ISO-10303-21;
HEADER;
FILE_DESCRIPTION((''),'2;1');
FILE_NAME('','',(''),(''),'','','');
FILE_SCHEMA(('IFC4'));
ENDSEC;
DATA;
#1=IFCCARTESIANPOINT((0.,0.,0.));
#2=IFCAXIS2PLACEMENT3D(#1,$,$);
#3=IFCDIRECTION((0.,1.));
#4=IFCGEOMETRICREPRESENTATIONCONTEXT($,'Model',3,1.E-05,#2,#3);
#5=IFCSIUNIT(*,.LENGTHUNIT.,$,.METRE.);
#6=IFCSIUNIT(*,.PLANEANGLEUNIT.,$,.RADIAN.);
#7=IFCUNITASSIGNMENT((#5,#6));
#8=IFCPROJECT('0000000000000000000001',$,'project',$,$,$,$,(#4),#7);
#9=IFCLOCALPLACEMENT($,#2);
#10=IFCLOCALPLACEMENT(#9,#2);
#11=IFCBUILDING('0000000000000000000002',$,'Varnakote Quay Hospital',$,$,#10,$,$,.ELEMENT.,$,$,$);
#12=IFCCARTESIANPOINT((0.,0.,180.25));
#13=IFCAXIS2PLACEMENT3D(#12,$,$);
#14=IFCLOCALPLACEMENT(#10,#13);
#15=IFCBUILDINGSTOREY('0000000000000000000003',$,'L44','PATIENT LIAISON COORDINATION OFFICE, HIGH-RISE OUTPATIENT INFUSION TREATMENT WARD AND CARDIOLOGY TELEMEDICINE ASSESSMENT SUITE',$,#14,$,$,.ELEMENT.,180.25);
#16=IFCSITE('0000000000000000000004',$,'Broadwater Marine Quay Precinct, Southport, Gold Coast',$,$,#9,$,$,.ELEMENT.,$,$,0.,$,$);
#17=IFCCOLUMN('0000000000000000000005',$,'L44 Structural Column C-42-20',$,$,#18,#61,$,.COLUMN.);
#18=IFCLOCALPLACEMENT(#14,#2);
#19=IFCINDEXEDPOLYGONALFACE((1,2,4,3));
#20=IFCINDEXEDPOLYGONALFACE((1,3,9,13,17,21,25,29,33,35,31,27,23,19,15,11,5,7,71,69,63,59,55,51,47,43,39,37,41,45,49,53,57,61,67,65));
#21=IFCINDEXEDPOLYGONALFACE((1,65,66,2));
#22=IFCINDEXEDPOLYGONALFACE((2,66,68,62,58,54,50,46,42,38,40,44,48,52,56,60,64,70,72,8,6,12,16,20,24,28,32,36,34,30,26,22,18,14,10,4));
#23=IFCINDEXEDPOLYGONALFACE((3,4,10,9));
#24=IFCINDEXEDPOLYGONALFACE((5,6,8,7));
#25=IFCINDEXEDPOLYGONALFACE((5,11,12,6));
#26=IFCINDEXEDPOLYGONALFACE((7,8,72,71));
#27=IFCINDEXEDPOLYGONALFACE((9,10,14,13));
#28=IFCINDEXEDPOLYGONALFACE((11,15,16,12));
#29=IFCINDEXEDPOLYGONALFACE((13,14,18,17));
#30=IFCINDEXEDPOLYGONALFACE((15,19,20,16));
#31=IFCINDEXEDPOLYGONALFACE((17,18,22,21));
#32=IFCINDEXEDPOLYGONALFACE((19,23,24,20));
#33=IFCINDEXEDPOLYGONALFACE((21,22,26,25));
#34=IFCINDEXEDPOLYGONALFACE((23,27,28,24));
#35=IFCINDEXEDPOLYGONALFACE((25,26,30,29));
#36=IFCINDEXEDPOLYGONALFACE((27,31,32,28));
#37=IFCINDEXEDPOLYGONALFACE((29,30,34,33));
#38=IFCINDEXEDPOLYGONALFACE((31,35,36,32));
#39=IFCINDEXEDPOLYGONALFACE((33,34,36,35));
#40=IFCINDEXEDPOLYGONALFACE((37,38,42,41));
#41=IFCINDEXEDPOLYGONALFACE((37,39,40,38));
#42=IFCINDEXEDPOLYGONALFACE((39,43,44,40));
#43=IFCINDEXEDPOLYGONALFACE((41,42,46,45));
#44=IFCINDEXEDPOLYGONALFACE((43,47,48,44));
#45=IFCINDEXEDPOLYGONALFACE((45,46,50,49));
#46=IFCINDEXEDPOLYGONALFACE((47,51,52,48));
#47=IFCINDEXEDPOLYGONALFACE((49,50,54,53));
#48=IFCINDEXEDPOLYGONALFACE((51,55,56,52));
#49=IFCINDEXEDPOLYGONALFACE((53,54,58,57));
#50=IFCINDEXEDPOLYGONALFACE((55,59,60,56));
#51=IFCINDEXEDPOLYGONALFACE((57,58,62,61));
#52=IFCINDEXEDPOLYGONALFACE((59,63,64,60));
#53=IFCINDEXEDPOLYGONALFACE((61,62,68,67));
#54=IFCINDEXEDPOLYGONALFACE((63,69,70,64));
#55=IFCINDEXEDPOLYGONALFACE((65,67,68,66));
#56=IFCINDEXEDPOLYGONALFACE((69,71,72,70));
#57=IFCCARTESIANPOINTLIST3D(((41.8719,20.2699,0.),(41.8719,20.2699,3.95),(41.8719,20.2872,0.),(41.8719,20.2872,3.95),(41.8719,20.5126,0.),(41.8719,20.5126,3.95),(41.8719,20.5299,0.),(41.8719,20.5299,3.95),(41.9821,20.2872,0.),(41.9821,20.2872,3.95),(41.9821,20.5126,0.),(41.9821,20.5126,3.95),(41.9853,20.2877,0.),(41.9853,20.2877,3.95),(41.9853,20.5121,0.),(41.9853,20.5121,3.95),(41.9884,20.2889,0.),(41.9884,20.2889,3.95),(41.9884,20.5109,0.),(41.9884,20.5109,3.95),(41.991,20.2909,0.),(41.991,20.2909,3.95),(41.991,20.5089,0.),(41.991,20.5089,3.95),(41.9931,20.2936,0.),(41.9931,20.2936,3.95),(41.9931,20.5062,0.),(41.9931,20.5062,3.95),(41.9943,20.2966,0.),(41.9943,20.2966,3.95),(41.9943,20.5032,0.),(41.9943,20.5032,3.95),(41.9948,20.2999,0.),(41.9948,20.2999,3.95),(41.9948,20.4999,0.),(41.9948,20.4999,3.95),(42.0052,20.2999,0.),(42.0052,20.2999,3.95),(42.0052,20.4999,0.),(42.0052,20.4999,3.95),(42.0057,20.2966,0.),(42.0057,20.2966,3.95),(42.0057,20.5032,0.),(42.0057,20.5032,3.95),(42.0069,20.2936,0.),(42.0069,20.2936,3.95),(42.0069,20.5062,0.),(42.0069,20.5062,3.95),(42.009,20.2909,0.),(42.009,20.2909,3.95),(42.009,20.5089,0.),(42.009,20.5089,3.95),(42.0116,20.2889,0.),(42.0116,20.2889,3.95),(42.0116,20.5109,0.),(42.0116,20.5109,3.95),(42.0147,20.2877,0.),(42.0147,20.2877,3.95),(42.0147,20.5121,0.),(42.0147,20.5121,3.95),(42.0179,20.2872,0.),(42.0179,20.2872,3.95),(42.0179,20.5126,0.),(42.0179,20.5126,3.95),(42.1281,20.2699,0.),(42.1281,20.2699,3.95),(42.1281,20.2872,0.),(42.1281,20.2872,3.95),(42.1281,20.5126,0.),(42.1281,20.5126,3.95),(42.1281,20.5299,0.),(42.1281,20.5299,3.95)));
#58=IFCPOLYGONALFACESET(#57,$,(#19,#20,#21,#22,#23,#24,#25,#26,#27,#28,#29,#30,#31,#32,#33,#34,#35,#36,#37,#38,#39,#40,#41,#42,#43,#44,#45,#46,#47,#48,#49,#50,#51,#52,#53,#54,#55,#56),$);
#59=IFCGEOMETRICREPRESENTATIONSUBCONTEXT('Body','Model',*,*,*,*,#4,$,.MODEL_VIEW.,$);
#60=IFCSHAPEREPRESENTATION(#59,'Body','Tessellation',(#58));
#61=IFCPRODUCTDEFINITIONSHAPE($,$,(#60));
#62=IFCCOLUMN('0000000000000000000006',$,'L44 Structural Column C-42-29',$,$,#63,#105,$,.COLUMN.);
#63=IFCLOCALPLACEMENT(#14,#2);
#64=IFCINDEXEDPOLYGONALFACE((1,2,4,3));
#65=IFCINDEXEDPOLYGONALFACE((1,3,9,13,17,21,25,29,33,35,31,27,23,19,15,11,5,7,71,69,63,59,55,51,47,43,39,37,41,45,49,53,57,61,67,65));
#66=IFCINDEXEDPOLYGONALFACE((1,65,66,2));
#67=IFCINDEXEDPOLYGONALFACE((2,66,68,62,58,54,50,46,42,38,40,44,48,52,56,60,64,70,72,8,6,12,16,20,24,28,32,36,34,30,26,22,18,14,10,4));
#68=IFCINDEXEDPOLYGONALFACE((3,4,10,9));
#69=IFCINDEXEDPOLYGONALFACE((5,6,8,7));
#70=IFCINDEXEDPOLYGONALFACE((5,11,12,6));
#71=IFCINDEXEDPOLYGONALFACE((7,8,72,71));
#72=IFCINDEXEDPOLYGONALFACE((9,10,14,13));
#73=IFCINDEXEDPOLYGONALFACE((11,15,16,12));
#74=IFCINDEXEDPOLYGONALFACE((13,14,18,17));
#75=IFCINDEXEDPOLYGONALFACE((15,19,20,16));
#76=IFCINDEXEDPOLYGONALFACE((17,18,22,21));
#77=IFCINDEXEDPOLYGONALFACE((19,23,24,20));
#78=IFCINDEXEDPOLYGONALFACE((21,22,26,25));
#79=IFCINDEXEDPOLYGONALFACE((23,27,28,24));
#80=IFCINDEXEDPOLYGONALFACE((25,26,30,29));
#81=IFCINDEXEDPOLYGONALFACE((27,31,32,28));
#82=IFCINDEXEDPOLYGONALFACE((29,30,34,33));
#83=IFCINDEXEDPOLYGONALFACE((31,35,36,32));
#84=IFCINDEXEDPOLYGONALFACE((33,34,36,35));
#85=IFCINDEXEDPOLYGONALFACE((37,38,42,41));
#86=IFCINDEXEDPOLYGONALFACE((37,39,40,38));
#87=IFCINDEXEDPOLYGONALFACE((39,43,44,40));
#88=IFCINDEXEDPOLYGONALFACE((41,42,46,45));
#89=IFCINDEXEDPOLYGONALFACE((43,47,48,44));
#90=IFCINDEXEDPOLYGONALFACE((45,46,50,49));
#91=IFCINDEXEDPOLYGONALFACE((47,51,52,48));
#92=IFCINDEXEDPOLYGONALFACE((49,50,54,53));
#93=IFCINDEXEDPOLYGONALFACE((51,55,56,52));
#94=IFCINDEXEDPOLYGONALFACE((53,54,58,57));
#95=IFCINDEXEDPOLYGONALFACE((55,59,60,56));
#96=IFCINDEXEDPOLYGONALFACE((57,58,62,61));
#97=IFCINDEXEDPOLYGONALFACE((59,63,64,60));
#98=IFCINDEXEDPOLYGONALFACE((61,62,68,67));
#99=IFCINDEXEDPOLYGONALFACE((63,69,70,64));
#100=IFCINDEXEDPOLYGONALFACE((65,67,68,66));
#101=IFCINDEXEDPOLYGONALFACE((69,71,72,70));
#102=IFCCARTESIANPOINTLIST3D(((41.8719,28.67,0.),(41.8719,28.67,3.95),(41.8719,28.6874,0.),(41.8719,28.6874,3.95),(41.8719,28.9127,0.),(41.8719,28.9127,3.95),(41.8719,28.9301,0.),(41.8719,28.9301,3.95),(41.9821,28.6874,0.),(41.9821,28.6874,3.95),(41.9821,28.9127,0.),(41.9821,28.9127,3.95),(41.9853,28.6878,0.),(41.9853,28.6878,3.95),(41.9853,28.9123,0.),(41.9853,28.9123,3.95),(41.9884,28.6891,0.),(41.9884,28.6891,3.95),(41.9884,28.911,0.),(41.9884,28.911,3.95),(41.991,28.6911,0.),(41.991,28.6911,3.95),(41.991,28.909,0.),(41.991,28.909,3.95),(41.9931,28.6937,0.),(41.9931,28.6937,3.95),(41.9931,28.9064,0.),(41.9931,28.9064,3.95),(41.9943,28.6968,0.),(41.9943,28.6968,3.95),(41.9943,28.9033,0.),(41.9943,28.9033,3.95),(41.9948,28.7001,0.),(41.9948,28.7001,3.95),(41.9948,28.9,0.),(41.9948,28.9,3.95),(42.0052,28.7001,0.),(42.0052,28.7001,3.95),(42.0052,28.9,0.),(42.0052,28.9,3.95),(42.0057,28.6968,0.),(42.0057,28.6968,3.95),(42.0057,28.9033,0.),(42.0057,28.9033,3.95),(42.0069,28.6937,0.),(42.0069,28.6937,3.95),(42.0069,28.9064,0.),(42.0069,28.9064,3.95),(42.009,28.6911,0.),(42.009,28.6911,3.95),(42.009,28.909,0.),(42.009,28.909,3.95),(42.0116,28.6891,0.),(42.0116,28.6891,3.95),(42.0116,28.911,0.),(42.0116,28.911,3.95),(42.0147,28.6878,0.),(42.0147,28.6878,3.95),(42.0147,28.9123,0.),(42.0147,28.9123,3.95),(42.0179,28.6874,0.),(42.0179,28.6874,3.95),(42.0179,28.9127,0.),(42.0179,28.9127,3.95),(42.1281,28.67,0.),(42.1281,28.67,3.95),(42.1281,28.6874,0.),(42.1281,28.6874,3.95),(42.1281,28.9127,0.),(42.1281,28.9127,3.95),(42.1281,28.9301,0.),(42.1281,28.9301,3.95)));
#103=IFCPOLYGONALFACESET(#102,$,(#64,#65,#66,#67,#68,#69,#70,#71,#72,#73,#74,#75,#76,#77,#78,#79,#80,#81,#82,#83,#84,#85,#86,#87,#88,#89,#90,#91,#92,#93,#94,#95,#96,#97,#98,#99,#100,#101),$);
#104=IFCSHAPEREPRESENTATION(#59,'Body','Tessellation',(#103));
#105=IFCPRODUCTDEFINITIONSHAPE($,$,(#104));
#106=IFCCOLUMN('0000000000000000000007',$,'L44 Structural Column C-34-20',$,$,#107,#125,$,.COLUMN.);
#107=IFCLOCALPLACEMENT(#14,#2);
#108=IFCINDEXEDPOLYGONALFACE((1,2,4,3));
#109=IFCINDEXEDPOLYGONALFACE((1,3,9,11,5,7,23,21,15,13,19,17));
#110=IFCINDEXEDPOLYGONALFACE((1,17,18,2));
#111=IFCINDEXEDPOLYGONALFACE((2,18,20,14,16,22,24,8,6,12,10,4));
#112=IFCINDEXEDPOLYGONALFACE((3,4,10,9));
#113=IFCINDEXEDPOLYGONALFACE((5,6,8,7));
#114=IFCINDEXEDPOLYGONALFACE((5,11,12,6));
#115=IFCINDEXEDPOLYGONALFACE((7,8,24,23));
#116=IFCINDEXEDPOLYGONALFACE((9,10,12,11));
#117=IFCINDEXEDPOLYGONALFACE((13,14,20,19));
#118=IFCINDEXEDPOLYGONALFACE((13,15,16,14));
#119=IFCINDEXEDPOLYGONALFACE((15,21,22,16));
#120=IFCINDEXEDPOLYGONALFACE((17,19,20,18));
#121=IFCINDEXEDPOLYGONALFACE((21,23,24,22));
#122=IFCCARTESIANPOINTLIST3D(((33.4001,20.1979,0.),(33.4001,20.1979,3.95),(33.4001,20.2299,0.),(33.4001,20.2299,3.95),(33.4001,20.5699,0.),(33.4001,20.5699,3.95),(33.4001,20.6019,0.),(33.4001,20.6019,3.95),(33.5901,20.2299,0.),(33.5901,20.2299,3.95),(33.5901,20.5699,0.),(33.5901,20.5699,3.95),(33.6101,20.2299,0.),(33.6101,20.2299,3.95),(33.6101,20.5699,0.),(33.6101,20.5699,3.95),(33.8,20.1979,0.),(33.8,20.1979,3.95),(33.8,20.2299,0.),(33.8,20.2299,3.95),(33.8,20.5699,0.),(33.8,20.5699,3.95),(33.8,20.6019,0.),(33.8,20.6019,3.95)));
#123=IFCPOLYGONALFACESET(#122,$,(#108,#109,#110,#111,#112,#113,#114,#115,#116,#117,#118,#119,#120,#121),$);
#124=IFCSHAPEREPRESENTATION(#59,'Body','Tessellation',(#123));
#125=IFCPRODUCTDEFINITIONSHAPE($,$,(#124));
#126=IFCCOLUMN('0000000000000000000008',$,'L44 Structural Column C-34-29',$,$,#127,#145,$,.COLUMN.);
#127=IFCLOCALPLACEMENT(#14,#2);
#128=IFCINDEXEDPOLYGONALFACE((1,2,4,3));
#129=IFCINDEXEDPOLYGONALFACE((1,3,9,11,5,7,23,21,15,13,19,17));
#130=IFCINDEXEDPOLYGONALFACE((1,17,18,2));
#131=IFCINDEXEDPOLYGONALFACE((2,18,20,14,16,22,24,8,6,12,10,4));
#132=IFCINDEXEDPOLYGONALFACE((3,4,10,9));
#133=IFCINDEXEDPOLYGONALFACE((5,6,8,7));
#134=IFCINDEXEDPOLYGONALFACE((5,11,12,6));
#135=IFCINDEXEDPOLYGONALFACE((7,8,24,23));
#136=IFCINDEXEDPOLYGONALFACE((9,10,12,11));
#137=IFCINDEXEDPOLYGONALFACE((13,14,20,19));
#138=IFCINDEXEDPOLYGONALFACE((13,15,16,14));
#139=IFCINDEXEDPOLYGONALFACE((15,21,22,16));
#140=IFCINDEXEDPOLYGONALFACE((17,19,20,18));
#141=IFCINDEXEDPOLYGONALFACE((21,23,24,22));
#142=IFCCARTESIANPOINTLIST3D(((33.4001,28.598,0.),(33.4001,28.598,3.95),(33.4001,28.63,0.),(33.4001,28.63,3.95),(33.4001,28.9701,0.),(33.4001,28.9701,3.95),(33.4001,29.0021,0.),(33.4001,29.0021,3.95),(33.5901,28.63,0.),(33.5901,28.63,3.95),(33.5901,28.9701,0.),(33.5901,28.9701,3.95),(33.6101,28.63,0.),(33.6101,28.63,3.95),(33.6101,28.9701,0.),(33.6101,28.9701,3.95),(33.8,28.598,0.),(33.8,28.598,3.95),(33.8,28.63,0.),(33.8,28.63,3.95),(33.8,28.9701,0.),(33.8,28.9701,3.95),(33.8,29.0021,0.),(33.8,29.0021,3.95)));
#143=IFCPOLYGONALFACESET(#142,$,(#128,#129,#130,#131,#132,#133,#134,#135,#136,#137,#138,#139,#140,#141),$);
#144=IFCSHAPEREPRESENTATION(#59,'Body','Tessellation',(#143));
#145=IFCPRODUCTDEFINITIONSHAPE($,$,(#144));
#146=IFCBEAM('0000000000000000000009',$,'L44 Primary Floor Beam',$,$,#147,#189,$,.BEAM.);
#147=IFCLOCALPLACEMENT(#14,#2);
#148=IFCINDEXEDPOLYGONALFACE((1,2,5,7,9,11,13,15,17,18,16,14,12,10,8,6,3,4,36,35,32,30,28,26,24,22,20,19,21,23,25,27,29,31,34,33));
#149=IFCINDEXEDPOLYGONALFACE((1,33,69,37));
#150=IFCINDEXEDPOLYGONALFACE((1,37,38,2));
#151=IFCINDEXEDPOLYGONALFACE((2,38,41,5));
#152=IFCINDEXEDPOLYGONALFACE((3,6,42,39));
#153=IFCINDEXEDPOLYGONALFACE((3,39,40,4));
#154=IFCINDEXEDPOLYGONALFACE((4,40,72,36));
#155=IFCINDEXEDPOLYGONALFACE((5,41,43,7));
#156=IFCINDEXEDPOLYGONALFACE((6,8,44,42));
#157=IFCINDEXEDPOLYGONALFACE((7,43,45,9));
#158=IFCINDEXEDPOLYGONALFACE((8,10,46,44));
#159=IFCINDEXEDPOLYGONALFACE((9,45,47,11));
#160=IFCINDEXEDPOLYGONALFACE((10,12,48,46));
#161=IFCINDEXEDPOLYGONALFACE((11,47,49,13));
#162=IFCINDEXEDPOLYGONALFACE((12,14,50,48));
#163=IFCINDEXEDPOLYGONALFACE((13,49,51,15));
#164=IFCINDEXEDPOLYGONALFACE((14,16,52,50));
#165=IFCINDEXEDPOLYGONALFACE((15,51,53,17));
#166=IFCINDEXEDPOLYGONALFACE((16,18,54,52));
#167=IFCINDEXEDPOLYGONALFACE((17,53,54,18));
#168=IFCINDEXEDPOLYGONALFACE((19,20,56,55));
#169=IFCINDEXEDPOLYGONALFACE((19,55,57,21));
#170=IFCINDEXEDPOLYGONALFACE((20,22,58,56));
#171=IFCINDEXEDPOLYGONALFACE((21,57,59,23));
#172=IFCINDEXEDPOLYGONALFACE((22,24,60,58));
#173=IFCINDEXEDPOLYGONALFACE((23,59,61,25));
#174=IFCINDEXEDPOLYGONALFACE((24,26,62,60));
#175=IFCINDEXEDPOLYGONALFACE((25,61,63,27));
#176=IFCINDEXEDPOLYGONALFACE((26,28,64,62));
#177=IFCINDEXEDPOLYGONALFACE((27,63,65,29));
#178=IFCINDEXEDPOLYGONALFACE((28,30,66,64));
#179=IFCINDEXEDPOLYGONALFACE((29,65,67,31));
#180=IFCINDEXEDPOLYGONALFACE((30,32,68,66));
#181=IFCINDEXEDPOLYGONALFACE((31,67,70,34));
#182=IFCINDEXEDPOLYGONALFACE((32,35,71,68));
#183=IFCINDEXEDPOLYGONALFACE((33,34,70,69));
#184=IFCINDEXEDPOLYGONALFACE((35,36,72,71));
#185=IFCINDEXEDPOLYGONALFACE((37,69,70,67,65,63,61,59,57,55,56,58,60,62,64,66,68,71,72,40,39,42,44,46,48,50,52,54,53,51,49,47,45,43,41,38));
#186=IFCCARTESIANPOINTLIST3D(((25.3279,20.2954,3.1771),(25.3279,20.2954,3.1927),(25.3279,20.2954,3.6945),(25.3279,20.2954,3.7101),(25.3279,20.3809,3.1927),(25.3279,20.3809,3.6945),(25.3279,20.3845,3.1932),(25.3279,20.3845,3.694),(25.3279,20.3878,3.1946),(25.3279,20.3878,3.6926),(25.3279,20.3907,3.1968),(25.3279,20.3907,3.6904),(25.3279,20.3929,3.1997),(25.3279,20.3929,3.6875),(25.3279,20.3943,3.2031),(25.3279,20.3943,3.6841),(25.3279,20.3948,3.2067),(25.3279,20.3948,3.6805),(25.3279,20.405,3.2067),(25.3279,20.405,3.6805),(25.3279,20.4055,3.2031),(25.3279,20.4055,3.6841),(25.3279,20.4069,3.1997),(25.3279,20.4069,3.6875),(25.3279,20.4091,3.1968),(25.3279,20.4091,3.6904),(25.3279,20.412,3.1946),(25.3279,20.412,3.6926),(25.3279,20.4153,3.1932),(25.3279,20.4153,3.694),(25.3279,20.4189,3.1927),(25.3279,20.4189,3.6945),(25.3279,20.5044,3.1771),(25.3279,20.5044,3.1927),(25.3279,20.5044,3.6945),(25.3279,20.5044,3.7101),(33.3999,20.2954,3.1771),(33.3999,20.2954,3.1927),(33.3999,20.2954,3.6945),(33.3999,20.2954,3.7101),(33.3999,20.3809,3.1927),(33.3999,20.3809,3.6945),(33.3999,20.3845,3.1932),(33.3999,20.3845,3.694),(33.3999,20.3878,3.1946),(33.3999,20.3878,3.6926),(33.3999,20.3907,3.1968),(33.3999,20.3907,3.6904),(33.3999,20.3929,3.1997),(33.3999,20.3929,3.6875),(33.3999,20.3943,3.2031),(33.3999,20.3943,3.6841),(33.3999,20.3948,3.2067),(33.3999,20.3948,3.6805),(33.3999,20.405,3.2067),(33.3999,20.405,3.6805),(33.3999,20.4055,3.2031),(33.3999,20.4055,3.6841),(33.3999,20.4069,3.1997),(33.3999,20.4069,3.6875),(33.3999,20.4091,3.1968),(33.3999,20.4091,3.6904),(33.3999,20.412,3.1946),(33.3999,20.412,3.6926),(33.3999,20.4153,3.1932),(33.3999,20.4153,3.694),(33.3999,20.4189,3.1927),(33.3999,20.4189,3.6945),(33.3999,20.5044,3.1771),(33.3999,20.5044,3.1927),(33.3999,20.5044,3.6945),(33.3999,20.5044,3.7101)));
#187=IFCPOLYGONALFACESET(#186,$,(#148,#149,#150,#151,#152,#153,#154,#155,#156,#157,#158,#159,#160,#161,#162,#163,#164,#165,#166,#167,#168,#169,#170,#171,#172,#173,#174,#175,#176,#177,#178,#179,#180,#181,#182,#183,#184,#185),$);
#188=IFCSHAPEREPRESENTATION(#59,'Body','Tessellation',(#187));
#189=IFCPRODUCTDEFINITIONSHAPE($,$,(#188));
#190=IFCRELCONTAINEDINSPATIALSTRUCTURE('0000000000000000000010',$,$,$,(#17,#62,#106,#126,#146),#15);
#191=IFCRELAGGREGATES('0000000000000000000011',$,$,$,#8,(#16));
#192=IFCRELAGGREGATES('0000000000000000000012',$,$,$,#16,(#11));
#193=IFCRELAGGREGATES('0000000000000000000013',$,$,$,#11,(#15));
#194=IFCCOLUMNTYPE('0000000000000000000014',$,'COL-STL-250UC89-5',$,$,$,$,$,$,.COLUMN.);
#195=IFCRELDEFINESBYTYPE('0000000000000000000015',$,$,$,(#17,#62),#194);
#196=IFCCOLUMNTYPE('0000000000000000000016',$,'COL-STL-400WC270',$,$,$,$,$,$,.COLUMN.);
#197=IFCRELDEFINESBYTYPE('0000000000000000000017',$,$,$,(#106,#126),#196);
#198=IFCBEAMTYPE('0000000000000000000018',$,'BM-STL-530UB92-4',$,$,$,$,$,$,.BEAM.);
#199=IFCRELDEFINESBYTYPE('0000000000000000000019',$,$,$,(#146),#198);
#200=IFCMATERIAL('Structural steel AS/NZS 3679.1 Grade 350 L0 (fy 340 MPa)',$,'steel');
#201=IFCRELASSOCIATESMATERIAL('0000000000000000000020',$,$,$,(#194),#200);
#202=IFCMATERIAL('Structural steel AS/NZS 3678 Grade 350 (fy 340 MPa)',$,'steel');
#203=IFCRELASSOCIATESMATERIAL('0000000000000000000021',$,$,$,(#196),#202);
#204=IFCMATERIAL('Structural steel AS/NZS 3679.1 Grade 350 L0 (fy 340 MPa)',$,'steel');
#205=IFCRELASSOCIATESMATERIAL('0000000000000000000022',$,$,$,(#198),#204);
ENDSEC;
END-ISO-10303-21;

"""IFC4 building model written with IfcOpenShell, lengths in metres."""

from ifc_helpers import new_model, si_unit, direction, frame, origin, origin_2d, place, context, subcontext, project, spatial, i_section, extrude, material, material_profile, profile_set, type_object, element, save


model = new_model("IFC4")

# Units and contexts
model_context = context("Model", 3, precision=1e-05, world=origin(), true_north=direction((0.0, 1.0)))
body_context = subcontext(model_context, "Body", "Model", "MODEL_VIEW")
ifc_project = project(units=[si_unit("LENGTHUNIT", "METRE"), si_unit("PLANEANGLEUNIT", "RADIAN")], contexts=[model_context])

# Site, building, storey
site_placement = place(None, origin())
site = spatial("IfcSite", under=ifc_project, at=site_placement, Name="Broadwater Marine Quay Precinct, Southport, Gold Coast", CompositionType="ELEMENT", RefElevation=0.0)
building_placement = place(site_placement, origin())
building = spatial("IfcBuilding", under=site, at=building_placement, Name="Varnakote Quay Hospital", CompositionType="ELEMENT")
storey_placement = place(building_placement, frame((0.0, 0.0, 180.25)))
storey = spatial("IfcBuildingStorey", under=building, at=storey_placement, Name="L44", Description="PATIENT LIAISON COORDINATION OFFICE, HIGH-RISE OUTPATIENT INFUSION TREATMENT WARD AND CARDIOLOGY TELEMEDICINE ASSESSMENT SUITE", CompositionType="ELEMENT", Elevation=180.25)

# Columns
ifc_material_1 = material(Name="Structural steel AS/NZS 3679.1 Grade 350 L0 (fy 340 MPa)", Category="steel")
ifc_material_profile_1 = material_profile(ifc_material_1, i_section(OverallWidth=0.2561, OverallDepth=0.26, WebThickness=0.0105, FlangeThickness=0.0173, FilletRadius=0.0127, at=origin_2d()), Name="250UC89.5")
ifc_profile_set_1 = profile_set([ifc_material_profile_1], Name="Structural steel AS/NZS 3679.1 Grade 350 L0 (fy 340 MPa)")
column_type_1 = type_object("IfcColumnType", Name="COL-STL-250UC89-5", PredefinedType="COLUMN", material=ifc_profile_set_1)
for number, where, z_axis, x_axis, name in (
    (1, (42.0, 20.3999, 0.0), (0.0, 0.0, 1.0), (1.0, 0.0, 0.0), "L44 Structural Column C-42-20"),
    (2, (42.0, 28.8, 0.0), (0.0, 0.0, 1.0), (1.0, 0.0, 0.0), "L44 Structural Column C-42-29"),
):
    element("IfcColumn", number, at=place(storey_placement, frame(where, z_axis=z_axis, x_axis=x_axis)), inside=storey, type_object=column_type_1, Name=name, PredefinedType="COLUMN", context=body_context, shape_type="SweptSolid", body=[
        extrude(i_section(OverallWidth=0.2561, OverallDepth=0.26, WebThickness=0.0105, FlangeThickness=0.0173, FilletRadius=0.0127, at=origin_2d()), origin(), (0.0, 0.0, 1.0), 3.95),
    ])
ifc_material_2 = material(Name="Structural steel AS/NZS 3678 Grade 350 (fy 340 MPa)", Category="steel")
ifc_material_profile_2 = material_profile(ifc_material_2, i_section(OverallWidth=0.3999, OverallDepth=0.4041, WebThickness=0.02, FlangeThickness=0.032, at=origin_2d()), Name="400WC270")
ifc_profile_set_2 = profile_set([ifc_material_profile_2], Name="Structural steel AS/NZS 3678 Grade 350 (fy 340 MPa)")
column_type_2 = type_object("IfcColumnType", Name="COL-STL-400WC270", PredefinedType="COLUMN", material=ifc_profile_set_2)
for number, where, z_axis, x_axis, name in (
    (3, (33.6001, 20.3999, 0.0), (0.0, 0.0, 1.0), (1.0, 0.0, 0.0), "L44 Structural Column C-34-20"),
    (4, (33.6001, 28.8, 0.0), (0.0, 0.0, 1.0), (1.0, 0.0, 0.0), "L44 Structural Column C-34-29"),
):
    element("IfcColumn", number, at=place(storey_placement, frame(where, z_axis=z_axis, x_axis=x_axis)), inside=storey, type_object=column_type_2, Name=name, PredefinedType="COLUMN", context=body_context, shape_type="SweptSolid", body=[
        extrude(i_section(OverallWidth=0.3999, OverallDepth=0.4041, WebThickness=0.02, FlangeThickness=0.032, at=origin_2d()), origin(), (0.0, 0.0, 1.0), 3.95),
    ])

# Beam
ifc_material_3 = material(Name="Structural steel AS/NZS 3679.1 Grade 350 L0 (fy 340 MPa)", Category="steel")
ifc_material_profile_3 = material_profile(ifc_material_3, i_section(OverallWidth=0.209, OverallDepth=0.533, WebThickness=0.0103, FlangeThickness=0.0156, FilletRadius=0.0139, at=origin_2d()), Name="530UB92.4")
ifc_profile_set_3 = profile_set([ifc_material_profile_3], Name="Structural steel AS/NZS 3679.1 Grade 350 L0 (fy 340 MPa)")
beam_type_1 = type_object("IfcBeamType", Name="BM-STL-530UB92-4", PredefinedType="BEAM", material=ifc_profile_set_3)
for number, where, z_axis, x_axis, name in (
    (5, (25.3279, 20.3999, 3.4436), (1.0, 0.0, 0.0), (0.0, 1.0, 0.0), "L44 Primary Floor Beam"),
):
    element("IfcBeam", number, at=place(storey_placement, frame(where, z_axis=z_axis, x_axis=x_axis)), inside=storey, type_object=beam_type_1, Name=name, PredefinedType="BEAM", context=body_context, shape_type="SweptSolid", body=[
        extrude(i_section(OverallWidth=0.209, OverallDepth=0.533, WebThickness=0.0103, FlangeThickness=0.0156, FilletRadius=0.0139, at=origin_2d()), origin(), (0.0, 0.0, 1.0), 8.072),
    ])

save(model, "model.ifc")
